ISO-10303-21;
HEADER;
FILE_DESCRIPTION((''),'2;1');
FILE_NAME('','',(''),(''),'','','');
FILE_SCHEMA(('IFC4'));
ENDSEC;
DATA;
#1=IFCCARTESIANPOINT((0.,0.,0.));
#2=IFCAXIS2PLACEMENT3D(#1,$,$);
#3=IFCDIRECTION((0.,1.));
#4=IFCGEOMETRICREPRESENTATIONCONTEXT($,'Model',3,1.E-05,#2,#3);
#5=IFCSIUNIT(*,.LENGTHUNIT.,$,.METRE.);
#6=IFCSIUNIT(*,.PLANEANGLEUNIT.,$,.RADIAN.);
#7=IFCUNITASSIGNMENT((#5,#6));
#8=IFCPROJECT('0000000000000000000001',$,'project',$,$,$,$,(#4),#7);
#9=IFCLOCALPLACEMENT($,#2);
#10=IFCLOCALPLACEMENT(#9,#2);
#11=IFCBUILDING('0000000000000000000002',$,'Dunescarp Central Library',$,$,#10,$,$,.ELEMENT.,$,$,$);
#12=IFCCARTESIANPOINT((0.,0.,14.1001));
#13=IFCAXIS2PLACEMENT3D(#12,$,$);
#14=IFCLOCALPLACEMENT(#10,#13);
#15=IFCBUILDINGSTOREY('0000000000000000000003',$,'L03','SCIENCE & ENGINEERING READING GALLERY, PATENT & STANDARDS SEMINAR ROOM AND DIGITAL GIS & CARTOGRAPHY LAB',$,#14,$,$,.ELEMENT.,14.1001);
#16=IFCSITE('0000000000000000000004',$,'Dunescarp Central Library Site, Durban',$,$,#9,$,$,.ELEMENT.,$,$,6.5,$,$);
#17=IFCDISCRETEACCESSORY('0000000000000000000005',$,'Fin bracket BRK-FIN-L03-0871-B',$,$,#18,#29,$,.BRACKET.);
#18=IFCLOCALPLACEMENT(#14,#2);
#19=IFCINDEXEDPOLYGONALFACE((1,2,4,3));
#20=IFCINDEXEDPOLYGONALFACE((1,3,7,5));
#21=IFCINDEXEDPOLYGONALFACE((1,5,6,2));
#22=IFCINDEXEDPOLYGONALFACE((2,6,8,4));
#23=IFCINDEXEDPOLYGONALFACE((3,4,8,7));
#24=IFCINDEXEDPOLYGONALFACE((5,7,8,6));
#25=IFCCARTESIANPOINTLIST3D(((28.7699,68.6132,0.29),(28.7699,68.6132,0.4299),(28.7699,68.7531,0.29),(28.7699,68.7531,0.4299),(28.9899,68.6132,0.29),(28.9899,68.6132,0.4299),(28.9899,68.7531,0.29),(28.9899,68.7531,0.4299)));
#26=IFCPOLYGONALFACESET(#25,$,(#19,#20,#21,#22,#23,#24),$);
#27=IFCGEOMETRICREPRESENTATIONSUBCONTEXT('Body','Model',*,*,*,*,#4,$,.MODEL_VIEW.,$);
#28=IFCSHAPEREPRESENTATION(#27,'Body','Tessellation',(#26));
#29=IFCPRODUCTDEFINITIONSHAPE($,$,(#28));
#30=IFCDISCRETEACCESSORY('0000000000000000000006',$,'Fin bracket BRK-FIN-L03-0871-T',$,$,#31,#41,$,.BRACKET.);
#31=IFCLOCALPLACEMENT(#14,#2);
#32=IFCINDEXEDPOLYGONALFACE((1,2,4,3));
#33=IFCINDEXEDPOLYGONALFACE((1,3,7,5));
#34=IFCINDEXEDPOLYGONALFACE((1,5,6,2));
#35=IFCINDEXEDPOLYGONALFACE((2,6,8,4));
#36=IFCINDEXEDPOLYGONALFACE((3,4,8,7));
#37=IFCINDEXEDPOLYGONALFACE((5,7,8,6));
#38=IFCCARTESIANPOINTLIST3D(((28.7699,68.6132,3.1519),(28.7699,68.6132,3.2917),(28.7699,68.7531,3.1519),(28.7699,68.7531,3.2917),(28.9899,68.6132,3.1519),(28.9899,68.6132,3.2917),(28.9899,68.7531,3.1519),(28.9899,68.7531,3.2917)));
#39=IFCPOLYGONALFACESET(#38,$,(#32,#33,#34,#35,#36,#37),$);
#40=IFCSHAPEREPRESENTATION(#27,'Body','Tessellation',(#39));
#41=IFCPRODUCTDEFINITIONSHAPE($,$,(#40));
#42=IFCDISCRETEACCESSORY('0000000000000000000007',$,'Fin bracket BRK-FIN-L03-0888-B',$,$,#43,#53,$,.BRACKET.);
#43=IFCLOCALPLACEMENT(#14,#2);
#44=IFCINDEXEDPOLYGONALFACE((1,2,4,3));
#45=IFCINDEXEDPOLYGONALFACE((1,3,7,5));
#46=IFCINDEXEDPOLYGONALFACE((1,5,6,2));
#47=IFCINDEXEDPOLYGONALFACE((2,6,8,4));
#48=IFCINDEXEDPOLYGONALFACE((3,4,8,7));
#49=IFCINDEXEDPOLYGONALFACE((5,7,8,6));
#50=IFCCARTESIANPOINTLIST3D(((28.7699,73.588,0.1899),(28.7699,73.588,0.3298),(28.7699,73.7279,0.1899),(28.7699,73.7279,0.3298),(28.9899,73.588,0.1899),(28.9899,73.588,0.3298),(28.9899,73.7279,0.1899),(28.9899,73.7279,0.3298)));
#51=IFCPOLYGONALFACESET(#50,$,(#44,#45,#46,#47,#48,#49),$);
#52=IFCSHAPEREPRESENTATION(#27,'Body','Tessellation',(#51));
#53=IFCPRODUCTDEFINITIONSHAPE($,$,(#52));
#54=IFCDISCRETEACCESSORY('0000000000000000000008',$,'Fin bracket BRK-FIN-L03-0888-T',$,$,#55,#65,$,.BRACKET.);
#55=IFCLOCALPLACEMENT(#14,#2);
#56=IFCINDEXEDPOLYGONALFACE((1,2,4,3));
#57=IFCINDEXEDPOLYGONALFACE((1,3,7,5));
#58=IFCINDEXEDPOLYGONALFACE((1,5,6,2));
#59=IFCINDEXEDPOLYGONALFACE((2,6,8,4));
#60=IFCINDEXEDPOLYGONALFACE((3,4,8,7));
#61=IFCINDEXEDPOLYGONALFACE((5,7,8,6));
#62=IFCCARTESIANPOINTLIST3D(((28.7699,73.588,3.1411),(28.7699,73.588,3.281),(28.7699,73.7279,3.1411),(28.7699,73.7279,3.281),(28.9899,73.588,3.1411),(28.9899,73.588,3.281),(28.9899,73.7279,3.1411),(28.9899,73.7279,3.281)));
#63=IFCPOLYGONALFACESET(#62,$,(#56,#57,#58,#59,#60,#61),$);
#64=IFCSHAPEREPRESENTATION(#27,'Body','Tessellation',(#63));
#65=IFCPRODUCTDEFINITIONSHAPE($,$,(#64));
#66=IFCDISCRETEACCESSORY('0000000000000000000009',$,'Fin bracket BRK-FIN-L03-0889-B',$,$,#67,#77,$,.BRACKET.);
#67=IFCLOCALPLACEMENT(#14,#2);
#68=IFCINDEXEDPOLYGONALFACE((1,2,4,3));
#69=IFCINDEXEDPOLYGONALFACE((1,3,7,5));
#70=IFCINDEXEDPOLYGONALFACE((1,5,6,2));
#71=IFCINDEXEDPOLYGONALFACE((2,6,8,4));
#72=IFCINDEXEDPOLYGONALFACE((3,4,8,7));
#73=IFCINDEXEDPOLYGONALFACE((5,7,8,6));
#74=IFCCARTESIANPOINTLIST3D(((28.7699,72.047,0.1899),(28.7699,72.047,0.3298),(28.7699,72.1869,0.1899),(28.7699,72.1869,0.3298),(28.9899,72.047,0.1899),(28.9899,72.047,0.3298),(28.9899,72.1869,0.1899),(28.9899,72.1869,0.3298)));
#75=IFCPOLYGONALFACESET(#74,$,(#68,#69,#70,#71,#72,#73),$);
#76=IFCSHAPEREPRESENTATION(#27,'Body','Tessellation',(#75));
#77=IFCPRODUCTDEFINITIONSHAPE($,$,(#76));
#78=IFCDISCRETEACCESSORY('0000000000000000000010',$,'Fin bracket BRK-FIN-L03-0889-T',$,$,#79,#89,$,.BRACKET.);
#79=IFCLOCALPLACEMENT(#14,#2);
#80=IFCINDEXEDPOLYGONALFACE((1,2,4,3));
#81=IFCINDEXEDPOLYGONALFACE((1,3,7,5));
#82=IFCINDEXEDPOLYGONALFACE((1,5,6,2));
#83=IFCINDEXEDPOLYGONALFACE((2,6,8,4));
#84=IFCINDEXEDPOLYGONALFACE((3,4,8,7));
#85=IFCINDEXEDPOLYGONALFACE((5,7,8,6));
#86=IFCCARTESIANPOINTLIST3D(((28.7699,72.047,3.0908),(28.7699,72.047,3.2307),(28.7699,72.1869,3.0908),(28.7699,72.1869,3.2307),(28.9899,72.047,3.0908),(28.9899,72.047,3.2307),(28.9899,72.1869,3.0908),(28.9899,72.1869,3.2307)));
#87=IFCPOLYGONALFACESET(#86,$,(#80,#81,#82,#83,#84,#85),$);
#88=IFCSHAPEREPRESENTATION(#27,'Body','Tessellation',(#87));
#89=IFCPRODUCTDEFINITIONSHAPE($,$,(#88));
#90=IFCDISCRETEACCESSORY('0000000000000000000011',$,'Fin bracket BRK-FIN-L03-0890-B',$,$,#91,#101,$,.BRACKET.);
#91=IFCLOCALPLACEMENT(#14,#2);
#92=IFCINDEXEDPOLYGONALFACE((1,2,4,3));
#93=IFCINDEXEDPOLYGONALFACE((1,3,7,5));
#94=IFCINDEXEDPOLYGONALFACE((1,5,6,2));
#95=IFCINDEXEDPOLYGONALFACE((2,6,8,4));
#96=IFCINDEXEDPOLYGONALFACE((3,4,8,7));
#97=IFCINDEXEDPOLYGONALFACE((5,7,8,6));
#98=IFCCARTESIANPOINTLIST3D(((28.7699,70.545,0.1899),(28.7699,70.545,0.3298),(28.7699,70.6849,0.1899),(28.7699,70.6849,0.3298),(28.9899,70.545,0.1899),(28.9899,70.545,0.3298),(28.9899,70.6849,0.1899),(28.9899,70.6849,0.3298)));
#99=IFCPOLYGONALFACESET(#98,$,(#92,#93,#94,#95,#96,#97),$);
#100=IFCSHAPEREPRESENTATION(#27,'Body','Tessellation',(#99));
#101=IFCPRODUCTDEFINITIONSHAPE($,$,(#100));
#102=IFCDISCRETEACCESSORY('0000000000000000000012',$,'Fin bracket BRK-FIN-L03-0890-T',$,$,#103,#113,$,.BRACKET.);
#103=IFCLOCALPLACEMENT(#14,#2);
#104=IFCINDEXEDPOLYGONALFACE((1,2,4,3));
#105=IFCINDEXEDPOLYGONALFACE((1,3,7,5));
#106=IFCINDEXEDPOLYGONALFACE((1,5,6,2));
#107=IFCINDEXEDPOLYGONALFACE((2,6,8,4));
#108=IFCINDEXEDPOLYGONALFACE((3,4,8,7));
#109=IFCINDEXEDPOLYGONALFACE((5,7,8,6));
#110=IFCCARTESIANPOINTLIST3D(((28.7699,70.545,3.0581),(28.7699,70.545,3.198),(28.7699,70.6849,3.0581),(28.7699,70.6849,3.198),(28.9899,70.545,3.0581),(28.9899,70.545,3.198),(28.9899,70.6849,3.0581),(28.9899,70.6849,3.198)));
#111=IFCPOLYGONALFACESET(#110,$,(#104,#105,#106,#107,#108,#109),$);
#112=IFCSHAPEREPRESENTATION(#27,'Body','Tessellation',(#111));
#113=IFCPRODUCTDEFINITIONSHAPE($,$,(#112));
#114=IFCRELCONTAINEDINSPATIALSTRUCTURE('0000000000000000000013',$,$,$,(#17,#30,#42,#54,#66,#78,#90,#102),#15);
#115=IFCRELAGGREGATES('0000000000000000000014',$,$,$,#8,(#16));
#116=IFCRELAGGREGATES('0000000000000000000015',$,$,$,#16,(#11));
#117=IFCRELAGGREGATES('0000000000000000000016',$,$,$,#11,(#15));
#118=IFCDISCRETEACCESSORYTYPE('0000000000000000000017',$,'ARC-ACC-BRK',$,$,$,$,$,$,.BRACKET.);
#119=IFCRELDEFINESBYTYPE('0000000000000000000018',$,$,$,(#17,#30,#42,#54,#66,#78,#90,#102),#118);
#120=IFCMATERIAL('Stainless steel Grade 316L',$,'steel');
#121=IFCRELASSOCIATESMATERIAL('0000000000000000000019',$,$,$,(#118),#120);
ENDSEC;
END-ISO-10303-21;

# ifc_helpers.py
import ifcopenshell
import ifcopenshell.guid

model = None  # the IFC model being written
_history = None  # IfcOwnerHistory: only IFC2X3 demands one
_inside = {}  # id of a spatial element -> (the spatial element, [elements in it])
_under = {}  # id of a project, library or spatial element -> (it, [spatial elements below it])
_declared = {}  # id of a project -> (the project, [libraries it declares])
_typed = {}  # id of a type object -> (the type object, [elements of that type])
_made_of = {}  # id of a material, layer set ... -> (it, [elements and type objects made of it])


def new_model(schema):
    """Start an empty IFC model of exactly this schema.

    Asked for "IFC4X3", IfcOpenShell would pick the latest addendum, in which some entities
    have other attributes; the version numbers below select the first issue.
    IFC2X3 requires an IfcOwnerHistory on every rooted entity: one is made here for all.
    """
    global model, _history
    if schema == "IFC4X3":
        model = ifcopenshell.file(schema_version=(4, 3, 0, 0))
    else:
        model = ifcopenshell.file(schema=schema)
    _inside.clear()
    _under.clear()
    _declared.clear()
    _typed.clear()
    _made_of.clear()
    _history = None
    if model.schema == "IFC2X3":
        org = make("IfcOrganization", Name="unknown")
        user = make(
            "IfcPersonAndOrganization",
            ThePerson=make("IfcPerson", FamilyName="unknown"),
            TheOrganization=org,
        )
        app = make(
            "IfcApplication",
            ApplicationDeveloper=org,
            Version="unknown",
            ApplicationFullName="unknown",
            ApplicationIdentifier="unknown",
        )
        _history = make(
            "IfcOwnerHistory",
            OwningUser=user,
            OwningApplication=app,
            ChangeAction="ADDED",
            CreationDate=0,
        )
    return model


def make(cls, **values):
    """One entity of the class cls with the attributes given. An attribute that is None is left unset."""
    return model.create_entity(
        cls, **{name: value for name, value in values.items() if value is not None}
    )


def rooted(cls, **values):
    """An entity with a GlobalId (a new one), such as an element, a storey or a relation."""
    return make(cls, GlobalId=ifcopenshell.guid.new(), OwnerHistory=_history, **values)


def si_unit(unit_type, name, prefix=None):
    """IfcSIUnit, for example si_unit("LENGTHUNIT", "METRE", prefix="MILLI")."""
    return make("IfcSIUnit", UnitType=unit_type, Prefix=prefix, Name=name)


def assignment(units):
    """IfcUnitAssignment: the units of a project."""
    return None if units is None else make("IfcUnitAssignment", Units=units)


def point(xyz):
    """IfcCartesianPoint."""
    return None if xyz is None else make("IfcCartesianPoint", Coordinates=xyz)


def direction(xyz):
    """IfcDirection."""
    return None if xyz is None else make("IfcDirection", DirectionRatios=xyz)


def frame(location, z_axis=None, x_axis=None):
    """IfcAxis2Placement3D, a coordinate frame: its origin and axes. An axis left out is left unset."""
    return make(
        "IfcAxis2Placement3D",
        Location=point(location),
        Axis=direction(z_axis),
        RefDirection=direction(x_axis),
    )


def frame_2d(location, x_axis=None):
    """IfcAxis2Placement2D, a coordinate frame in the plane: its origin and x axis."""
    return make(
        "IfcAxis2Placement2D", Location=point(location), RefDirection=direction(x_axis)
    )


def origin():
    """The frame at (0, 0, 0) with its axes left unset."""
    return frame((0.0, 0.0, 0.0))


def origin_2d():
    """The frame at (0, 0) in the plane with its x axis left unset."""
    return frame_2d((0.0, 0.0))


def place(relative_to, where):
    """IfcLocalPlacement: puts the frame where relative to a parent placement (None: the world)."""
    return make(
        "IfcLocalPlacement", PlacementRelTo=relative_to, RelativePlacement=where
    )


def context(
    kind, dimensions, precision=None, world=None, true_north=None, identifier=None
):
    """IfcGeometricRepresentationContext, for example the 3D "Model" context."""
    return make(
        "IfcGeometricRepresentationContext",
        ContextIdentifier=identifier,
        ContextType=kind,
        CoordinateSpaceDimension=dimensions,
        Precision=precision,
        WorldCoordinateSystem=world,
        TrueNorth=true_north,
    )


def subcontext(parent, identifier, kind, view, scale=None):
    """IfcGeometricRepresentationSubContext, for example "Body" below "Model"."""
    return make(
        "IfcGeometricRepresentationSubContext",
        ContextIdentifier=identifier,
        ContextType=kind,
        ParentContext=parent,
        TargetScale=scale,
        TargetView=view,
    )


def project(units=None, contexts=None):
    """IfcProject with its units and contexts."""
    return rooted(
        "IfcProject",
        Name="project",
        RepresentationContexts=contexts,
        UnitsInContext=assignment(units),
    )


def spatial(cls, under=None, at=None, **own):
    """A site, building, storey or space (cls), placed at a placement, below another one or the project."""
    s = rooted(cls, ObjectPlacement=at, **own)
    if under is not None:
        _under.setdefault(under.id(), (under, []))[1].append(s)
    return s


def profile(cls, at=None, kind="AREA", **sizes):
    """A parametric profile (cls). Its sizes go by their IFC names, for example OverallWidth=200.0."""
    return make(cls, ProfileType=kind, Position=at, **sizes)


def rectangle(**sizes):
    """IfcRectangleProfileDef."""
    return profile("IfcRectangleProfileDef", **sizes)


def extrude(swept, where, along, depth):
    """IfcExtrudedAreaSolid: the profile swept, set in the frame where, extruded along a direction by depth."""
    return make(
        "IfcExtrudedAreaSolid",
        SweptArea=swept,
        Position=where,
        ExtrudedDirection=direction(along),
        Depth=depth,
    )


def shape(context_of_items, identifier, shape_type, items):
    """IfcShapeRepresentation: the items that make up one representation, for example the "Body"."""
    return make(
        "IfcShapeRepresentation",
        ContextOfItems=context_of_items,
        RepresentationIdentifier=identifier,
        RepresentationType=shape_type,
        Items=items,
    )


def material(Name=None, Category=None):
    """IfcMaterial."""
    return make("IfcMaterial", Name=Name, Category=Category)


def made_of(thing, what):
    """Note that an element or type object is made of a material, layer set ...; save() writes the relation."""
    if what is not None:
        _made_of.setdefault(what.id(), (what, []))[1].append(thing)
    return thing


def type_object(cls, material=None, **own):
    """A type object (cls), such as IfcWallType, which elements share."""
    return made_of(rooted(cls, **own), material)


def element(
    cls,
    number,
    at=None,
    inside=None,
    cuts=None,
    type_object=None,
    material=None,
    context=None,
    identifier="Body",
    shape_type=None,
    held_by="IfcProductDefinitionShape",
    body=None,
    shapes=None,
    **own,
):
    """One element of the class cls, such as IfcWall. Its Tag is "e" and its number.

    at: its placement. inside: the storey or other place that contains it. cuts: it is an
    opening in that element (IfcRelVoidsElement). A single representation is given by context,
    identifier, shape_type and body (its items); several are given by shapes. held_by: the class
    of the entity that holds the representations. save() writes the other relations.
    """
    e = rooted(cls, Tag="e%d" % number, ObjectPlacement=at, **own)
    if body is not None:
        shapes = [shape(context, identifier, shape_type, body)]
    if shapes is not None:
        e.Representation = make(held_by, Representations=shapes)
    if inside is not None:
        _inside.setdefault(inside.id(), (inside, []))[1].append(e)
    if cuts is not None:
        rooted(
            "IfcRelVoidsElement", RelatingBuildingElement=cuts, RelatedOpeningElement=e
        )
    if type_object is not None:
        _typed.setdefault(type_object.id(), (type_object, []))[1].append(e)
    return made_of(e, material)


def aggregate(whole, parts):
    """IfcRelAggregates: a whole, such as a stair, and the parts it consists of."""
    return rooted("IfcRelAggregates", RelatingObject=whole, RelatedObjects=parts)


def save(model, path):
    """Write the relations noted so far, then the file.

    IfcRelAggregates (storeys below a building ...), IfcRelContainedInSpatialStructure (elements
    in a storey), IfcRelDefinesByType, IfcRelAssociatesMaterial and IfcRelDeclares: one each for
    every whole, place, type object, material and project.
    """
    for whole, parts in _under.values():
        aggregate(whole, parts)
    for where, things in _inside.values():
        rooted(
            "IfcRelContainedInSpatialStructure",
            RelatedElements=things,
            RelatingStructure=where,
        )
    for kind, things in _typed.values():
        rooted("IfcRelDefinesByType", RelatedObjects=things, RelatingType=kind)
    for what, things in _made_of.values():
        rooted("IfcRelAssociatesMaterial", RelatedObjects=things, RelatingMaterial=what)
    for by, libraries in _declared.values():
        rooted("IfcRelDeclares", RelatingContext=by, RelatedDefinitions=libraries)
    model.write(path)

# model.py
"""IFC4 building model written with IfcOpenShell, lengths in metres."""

from ifc_helpers import new_model, si_unit, direction, frame, origin, origin_2d, place, context, subcontext, project, spatial, rectangle, extrude, material, type_object, element, save


model = new_model("IFC4")

# Units and contexts
model_context = context("Model", 3, precision=1e-05, world=origin(), true_north=direction((0.0, 1.0)))
body_context = subcontext(model_context, "Body", "Model", "MODEL_VIEW")
ifc_project = project(units=[si_unit("LENGTHUNIT", "METRE"), si_unit("PLANEANGLEUNIT", "RADIAN")], contexts=[model_context])

# Site, building, storey
site_placement = place(None, origin())
site = spatial("IfcSite", under=ifc_project, at=site_placement, Name="Dunescarp Central Library Site, Durban", CompositionType="ELEMENT", RefElevation=6.5)
building_placement = place(site_placement, origin())
building = spatial("IfcBuilding", under=site, at=building_placement, Name="Dunescarp Central Library", CompositionType="ELEMENT")
storey_placement = place(building_placement, frame((0.0, 0.0, 14.1001)))
storey = spatial("IfcBuildingStorey", under=building, at=storey_placement, Name="L03", Description="SCIENCE & ENGINEERING READING GALLERY, PATENT & STANDARDS SEMINAR ROOM AND DIGITAL GIS & CARTOGRAPHY LAB", CompositionType="ELEMENT", Elevation=14.1001)

# Discrete accessories
ifc_material_1 = material(Name="Stainless steel Grade 316L", Category="steel")
discrete_accessory_type = type_object("IfcDiscreteAccessoryType", Name="ARC-ACC-BRK", PredefinedType="BRACKET", material=ifc_material_1)
for number, where, z_axis, x_axis, name in (
    (1, (28.8799, 68.6831, 0.29), (0.0, 0.0, 1.0), (1.0, 0.0, 0.0), "Fin bracket BRK-FIN-L03-0871-B"),
    (2, (28.8799, 68.6831, 3.1519), (0.0, 0.0, 1.0), (1.0, 0.0, 0.0), "Fin bracket BRK-FIN-L03-0871-T"),
    (3, (28.8799, 73.658, 0.1899), (0.0, 0.0, 1.0), (1.0, 0.0, 0.0), "Fin bracket BRK-FIN-L03-0888-B"),
    (4, (28.8799, 73.658, 3.1411), (0.0, 0.0, 1.0), (1.0, 0.0, 0.0), "Fin bracket BRK-FIN-L03-0888-T"),
    (5, (28.8799, 72.1169, 0.1899), (0.0, 0.0, 1.0), (1.0, 0.0, 0.0), "Fin bracket BRK-FIN-L03-0889-B"),
    (6, (28.8799, 72.1169, 3.0908), (0.0, 0.0, 1.0), (1.0, 0.0, 0.0), "Fin bracket BRK-FIN-L03-0889-T"),
    (7, (28.8799, 70.615, 0.1899), (0.0, 0.0, 1.0), (1.0, 0.0, 0.0), "Fin bracket BRK-FIN-L03-0890-B"),
    (8, (28.8799, 70.615, 3.0581), (0.0, 0.0, 1.0), (1.0, 0.0, 0.0), "Fin bracket BRK-FIN-L03-0890-T"),
):
    element("IfcDiscreteAccessory", number, at=place(storey_placement, frame(where, z_axis=z_axis, x_axis=x_axis)), inside=storey, type_object=discrete_accessory_type, Name=name, PredefinedType="BRACKET", context=body_context, shape_type="SweptSolid", body=[
        extrude(rectangle(XDim=0.22, YDim=0.1399, at=origin_2d()), origin(), (0.0, 0.0, 1.0), 0.1399),
    ])

save(model, "model.ifc")
